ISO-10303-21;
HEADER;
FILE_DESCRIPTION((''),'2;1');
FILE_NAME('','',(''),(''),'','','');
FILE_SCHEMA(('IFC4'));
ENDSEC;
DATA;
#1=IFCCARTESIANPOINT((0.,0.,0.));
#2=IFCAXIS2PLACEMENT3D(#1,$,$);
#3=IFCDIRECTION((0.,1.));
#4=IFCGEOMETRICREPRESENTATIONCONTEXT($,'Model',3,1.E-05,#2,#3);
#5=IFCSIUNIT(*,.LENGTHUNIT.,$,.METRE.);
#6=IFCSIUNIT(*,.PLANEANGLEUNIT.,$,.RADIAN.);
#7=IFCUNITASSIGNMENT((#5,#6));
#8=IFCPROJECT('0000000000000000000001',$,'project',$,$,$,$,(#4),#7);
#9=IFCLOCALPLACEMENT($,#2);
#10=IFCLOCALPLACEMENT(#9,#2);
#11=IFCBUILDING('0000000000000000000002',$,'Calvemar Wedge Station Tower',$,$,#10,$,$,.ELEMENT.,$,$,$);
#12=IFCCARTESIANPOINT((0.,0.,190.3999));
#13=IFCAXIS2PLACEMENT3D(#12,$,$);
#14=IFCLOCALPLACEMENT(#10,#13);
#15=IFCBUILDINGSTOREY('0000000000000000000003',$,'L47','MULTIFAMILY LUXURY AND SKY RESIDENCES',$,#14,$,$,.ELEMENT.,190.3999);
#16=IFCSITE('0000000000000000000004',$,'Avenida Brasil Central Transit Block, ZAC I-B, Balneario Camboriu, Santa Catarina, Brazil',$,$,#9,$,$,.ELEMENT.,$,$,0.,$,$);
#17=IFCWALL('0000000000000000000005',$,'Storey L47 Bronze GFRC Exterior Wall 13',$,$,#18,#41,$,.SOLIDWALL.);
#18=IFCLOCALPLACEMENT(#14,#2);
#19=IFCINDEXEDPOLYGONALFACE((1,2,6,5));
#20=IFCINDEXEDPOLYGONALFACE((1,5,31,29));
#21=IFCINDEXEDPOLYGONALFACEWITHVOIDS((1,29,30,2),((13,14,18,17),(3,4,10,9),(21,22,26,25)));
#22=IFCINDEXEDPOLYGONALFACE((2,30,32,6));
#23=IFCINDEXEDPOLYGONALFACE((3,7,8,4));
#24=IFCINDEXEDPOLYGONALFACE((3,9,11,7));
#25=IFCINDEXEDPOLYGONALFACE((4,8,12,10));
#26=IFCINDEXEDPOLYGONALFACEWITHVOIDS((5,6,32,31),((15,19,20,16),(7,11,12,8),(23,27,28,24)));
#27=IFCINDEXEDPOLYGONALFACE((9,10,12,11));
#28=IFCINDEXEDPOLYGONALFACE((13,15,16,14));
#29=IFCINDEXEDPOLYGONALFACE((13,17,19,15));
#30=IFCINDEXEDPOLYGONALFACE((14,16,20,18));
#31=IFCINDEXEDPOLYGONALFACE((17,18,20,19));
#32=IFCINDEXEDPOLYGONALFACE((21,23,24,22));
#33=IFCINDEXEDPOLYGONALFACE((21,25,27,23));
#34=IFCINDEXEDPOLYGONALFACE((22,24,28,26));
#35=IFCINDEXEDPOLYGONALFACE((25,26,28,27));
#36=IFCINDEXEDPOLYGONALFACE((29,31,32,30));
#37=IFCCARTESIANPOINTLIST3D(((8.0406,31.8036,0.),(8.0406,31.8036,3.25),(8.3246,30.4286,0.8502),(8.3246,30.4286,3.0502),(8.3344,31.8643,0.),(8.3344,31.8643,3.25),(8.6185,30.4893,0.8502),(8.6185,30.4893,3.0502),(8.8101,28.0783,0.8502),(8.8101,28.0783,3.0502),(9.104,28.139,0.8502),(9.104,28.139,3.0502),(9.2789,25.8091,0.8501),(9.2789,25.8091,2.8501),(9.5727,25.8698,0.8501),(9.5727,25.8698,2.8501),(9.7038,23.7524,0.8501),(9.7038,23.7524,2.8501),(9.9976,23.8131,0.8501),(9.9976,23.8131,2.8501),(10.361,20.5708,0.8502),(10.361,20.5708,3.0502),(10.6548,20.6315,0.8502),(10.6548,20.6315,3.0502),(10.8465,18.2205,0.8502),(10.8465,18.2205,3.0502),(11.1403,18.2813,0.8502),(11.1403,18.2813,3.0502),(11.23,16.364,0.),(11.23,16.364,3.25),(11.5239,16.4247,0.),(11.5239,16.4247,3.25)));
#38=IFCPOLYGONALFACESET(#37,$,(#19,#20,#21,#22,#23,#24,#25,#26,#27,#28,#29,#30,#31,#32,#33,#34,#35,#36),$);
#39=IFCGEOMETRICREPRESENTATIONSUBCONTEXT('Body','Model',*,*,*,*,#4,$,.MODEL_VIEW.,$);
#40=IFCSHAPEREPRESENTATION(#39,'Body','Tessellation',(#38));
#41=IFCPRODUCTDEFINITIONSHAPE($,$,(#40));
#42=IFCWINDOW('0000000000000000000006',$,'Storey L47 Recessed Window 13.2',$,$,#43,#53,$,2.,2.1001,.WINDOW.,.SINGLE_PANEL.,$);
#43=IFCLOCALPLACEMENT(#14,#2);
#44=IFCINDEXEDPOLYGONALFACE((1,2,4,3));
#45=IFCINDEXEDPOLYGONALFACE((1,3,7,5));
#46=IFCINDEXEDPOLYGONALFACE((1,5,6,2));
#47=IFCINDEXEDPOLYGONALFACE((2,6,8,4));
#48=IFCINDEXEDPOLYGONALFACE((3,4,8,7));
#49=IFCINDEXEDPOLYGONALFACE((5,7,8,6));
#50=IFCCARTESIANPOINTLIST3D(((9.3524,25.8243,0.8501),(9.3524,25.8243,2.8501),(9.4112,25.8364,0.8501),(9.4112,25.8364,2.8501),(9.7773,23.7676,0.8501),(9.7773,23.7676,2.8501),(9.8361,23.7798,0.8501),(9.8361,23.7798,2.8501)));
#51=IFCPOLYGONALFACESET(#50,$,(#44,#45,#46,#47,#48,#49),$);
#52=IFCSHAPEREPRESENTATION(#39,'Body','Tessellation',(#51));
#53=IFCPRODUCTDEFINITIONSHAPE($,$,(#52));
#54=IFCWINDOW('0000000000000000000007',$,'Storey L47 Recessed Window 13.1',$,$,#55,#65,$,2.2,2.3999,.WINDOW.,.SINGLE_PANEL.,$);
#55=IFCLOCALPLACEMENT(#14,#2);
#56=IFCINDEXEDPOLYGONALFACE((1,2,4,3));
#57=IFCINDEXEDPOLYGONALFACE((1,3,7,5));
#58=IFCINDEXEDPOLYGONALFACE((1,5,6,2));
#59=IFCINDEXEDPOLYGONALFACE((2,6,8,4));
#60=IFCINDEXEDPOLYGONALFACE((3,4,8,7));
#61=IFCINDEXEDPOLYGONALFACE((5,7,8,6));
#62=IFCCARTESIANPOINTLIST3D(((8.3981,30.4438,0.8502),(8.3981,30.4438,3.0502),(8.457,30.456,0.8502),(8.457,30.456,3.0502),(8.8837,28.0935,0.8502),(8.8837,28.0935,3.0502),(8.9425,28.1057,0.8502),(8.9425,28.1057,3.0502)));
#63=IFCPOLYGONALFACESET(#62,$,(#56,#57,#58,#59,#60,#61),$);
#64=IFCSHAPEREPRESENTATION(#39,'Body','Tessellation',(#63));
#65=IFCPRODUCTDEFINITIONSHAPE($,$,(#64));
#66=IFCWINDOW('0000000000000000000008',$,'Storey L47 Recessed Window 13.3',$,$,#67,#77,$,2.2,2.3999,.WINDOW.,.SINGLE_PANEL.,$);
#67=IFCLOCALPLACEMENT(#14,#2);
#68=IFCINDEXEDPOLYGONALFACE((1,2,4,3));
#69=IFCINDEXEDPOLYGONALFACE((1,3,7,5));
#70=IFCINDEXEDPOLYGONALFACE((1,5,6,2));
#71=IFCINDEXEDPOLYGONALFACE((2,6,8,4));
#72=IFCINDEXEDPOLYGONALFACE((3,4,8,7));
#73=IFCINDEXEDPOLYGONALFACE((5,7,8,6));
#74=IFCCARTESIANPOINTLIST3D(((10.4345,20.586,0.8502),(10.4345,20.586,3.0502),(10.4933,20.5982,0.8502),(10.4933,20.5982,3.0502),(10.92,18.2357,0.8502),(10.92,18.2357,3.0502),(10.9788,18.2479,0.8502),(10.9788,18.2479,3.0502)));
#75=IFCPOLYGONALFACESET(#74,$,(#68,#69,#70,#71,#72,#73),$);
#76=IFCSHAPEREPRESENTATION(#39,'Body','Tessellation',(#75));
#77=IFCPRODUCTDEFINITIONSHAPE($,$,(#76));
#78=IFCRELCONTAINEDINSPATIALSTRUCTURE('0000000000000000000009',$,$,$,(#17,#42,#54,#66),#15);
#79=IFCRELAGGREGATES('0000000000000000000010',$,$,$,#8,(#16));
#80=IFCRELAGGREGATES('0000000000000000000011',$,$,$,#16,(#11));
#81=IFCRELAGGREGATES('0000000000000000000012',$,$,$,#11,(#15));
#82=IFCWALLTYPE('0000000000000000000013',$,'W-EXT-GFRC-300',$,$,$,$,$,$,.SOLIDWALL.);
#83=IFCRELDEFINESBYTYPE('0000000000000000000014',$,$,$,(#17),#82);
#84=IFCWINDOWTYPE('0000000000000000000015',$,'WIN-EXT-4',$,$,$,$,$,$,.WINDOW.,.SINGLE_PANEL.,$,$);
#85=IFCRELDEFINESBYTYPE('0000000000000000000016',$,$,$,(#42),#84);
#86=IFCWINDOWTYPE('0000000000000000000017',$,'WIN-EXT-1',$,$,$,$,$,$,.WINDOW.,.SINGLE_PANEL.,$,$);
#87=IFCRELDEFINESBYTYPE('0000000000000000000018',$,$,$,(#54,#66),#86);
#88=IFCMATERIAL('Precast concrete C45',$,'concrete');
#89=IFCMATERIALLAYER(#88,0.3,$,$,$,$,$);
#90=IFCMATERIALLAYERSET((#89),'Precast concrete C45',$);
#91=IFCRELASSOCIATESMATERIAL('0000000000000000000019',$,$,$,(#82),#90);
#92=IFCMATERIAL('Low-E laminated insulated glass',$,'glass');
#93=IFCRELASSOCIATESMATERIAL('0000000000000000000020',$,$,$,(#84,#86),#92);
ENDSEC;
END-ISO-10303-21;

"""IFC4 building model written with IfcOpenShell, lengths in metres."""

from ifc_helpers import new_model, si_unit, direction, frame, frame_2d, origin, place, context, subcontext, project, spatial, rectangle, extrude, source, transform, mapped, material, layer, layer_set, type_object, element, fill, save


model = new_model("IFC4")

# Units and contexts
model_context = context("Model", 3, precision=1e-05, world=origin(), true_north=direction((0.0, 1.0)))
body_context = subcontext(model_context, "Body", "Model", "MODEL_VIEW")
ifc_project = project(units=[si_unit("LENGTHUNIT", "METRE"), si_unit("PLANEANGLEUNIT", "RADIAN")], contexts=[model_context])

# Site, building, storey
site_placement = place(None, origin())
site = spatial("IfcSite", under=ifc_project, at=site_placement, Name="Avenida Brasil Central Transit Block, ZAC I-B, Balneario Camboriu, Santa Catarina, Brazil", CompositionType="ELEMENT", RefElevation=0.0)
building_placement = place(site_placement, origin())
building = spatial("IfcBuilding", under=site, at=building_placement, Name="Calvemar Wedge Station Tower", CompositionType="ELEMENT")
storey_placement = place(building_placement, frame((0.0, 0.0, 190.3999)))
storey = spatial("IfcBuildingStorey", under=building, at=storey_placement, Name="L47", Description="MULTIFAMILY LUXURY AND SKY RESIDENCES", CompositionType="ELEMENT", Elevation=190.3999)

# Wall, openings, windows
ifc_material_1 = material(Name="Precast concrete C45", Category="concrete")
ifc_layer_1 = layer(ifc_material_1, 0.3)
ifc_layer_set_1 = layer_set([ifc_layer_1], Name="Precast concrete C45")
wall_type_1 = type_object("IfcWallType", Name="W-EXT-GFRC-300", PredefinedType="SOLIDWALL", material=ifc_layer_set_1)
wall_1_placement = place(storey_placement, frame((8.1875, 31.834, 0.0), z_axis=(0.0, 0.0, 1.0), x_axis=(0.202303, -0.979323, 0.0)))
wall_1 = element("IfcWall", 1, at=wall_1_placement, inside=storey, type_object=wall_type_1, Name="Storey L47 Bronze GFRC Exterior Wall 13", PredefinedType="SOLIDWALL", context=body_context, shape_type="SweptSolid", body=[
    extrude(rectangle(XDim=15.7656, YDim=0.3, at=frame_2d((7.8828, 0.0))), origin(), (0.0, 0.0, 1.0), 3.25),
])
shared_shape_1 = source(origin(), body_context, "Body", "SweptSolid", [
    extrude(rectangle(XDim=2.3999, YDim=2.2, at=frame_2d((1.2, 1.1001))), frame((0.0, 0.1602, 0.0), z_axis=(0.0, -1.0, 0.0), x_axis=(1.0, 0.0, 0.0)), (0.0, 0.0, 1.0), 0.3201),
])
opening_1_placement = place(wall_1_placement, frame((1.4041, 0.0, 0.8501)))
opening_1 = element("IfcOpeningElement", 2, at=opening_1_placement, cuts=wall_1, PredefinedType="OPENING", context=body_context, shape_type="MappedRepresentation", body=[
    mapped(shared_shape_1, transform((0.0, 0.0, 0.0), scale=1.0)),
])
shared_shape_2 = source(origin(), body_context, "Body", "SweptSolid", [
    extrude(rectangle(XDim=2.1001, YDim=2.0, at=frame_2d((1.05, 1.0))), frame((0.0, 0.1602, 0.0), z_axis=(0.0, -1.0, 0.0), x_axis=(1.0, 0.0, 0.0)), (0.0, 0.0, 1.0), 0.3201),
])
opening_2_placement = place(wall_1_placement, frame((6.1211, 0.0, 0.8501)))
opening_2 = element("IfcOpeningElement", 3, at=opening_2_placement, cuts=wall_1, PredefinedType="OPENING", context=body_context, shape_type="MappedRepresentation", body=[
    mapped(shared_shape_2, transform((0.0, 0.0, 0.0), scale=1.0)),
])
opening_3_placement = place(wall_1_placement, frame((11.47, 0.0, 0.8501)))
opening_3 = element("IfcOpeningElement", 4, at=opening_3_placement, cuts=wall_1, PredefinedType="OPENING", context=body_context, shape_type="MappedRepresentation", body=[
    mapped(shared_shape_1, transform((0.0, 0.0, 0.0), scale=1.0)),
])
ifc_material_2 = material(Name="Low-E laminated insulated glass", Category="glass")
window_type_1 = type_object("IfcWindowType", Name="WIN-EXT-4", PartitioningType="SINGLE_PANEL", PredefinedType="WINDOW", material=ifc_material_2)
shared_shape_3 = source(origin(), body_context, "Body", "SweptSolid", [
    extrude(rectangle(XDim=2.1001, YDim=2.0, at=frame_2d((1.05, 1.0))), frame((0.0, -0.0149, 0.0), z_axis=(0.0, -1.0, 0.0), x_axis=(1.0, 0.0, 0.0)), (0.0, 0.0, 1.0), 0.0601),
])
window_1_placement = place(opening_2_placement, origin())
window_1 = element("IfcWindow", 5, at=window_1_placement, inside=storey, type_object=window_type_1, Name="Storey L47 Recessed Window 13.2", OverallHeight=2.0, OverallWidth=2.1001, PartitioningType="SINGLE_PANEL", PredefinedType="WINDOW", context=body_context, shape_type="MappedRepresentation", body=[
    mapped(shared_shape_3, transform((0.0, 0.0, 0.0), scale=1.0)),
])
fill(opening_2, window_1)
window_type_2 = type_object("IfcWindowType", Name="WIN-EXT-1", PartitioningType="SINGLE_PANEL", PredefinedType="WINDOW", material=ifc_material_2)
shared_shape_4 = source(origin(), body_context, "Body", "SweptSolid", [
    extrude(rectangle(XDim=2.3999, YDim=2.2, at=frame_2d((1.2, 1.1001))), frame((0.0, -0.0149, 0.0), z_axis=(0.0, -1.0, 0.0), x_axis=(1.0, 0.0, 0.0)), (0.0, 0.0, 1.0), 0.0601),
])
window_2_placement = place(opening_1_placement, origin())
window_2 = element("IfcWindow", 6, at=window_2_placement, inside=storey, type_object=window_type_2, Name="Storey L47 Recessed Window 13.1", OverallHeight=2.2, OverallWidth=2.3999, PartitioningType="SINGLE_PANEL", PredefinedType="WINDOW", context=body_context, shape_type="MappedRepresentation", body=[
    mapped(shared_shape_4, transform((0.0, 0.0, 0.0), scale=1.0)),
])
fill(opening_1, window_2)
window_3_placement = place(opening_3_placement, origin())
window_3 = element("IfcWindow", 7, at=window_3_placement, inside=storey, type_object=window_type_2, Name="Storey L47 Recessed Window 13.3", OverallHeight=2.2, OverallWidth=2.3999, PartitioningType="SINGLE_PANEL", PredefinedType="WINDOW", context=body_context, shape_type="MappedRepresentation", body=[
    mapped(shared_shape_4, transform((0.0, 0.0, 0.0), scale=1.0)),
])
fill(opening_3, window_3)

save(model, "model.ifc")
